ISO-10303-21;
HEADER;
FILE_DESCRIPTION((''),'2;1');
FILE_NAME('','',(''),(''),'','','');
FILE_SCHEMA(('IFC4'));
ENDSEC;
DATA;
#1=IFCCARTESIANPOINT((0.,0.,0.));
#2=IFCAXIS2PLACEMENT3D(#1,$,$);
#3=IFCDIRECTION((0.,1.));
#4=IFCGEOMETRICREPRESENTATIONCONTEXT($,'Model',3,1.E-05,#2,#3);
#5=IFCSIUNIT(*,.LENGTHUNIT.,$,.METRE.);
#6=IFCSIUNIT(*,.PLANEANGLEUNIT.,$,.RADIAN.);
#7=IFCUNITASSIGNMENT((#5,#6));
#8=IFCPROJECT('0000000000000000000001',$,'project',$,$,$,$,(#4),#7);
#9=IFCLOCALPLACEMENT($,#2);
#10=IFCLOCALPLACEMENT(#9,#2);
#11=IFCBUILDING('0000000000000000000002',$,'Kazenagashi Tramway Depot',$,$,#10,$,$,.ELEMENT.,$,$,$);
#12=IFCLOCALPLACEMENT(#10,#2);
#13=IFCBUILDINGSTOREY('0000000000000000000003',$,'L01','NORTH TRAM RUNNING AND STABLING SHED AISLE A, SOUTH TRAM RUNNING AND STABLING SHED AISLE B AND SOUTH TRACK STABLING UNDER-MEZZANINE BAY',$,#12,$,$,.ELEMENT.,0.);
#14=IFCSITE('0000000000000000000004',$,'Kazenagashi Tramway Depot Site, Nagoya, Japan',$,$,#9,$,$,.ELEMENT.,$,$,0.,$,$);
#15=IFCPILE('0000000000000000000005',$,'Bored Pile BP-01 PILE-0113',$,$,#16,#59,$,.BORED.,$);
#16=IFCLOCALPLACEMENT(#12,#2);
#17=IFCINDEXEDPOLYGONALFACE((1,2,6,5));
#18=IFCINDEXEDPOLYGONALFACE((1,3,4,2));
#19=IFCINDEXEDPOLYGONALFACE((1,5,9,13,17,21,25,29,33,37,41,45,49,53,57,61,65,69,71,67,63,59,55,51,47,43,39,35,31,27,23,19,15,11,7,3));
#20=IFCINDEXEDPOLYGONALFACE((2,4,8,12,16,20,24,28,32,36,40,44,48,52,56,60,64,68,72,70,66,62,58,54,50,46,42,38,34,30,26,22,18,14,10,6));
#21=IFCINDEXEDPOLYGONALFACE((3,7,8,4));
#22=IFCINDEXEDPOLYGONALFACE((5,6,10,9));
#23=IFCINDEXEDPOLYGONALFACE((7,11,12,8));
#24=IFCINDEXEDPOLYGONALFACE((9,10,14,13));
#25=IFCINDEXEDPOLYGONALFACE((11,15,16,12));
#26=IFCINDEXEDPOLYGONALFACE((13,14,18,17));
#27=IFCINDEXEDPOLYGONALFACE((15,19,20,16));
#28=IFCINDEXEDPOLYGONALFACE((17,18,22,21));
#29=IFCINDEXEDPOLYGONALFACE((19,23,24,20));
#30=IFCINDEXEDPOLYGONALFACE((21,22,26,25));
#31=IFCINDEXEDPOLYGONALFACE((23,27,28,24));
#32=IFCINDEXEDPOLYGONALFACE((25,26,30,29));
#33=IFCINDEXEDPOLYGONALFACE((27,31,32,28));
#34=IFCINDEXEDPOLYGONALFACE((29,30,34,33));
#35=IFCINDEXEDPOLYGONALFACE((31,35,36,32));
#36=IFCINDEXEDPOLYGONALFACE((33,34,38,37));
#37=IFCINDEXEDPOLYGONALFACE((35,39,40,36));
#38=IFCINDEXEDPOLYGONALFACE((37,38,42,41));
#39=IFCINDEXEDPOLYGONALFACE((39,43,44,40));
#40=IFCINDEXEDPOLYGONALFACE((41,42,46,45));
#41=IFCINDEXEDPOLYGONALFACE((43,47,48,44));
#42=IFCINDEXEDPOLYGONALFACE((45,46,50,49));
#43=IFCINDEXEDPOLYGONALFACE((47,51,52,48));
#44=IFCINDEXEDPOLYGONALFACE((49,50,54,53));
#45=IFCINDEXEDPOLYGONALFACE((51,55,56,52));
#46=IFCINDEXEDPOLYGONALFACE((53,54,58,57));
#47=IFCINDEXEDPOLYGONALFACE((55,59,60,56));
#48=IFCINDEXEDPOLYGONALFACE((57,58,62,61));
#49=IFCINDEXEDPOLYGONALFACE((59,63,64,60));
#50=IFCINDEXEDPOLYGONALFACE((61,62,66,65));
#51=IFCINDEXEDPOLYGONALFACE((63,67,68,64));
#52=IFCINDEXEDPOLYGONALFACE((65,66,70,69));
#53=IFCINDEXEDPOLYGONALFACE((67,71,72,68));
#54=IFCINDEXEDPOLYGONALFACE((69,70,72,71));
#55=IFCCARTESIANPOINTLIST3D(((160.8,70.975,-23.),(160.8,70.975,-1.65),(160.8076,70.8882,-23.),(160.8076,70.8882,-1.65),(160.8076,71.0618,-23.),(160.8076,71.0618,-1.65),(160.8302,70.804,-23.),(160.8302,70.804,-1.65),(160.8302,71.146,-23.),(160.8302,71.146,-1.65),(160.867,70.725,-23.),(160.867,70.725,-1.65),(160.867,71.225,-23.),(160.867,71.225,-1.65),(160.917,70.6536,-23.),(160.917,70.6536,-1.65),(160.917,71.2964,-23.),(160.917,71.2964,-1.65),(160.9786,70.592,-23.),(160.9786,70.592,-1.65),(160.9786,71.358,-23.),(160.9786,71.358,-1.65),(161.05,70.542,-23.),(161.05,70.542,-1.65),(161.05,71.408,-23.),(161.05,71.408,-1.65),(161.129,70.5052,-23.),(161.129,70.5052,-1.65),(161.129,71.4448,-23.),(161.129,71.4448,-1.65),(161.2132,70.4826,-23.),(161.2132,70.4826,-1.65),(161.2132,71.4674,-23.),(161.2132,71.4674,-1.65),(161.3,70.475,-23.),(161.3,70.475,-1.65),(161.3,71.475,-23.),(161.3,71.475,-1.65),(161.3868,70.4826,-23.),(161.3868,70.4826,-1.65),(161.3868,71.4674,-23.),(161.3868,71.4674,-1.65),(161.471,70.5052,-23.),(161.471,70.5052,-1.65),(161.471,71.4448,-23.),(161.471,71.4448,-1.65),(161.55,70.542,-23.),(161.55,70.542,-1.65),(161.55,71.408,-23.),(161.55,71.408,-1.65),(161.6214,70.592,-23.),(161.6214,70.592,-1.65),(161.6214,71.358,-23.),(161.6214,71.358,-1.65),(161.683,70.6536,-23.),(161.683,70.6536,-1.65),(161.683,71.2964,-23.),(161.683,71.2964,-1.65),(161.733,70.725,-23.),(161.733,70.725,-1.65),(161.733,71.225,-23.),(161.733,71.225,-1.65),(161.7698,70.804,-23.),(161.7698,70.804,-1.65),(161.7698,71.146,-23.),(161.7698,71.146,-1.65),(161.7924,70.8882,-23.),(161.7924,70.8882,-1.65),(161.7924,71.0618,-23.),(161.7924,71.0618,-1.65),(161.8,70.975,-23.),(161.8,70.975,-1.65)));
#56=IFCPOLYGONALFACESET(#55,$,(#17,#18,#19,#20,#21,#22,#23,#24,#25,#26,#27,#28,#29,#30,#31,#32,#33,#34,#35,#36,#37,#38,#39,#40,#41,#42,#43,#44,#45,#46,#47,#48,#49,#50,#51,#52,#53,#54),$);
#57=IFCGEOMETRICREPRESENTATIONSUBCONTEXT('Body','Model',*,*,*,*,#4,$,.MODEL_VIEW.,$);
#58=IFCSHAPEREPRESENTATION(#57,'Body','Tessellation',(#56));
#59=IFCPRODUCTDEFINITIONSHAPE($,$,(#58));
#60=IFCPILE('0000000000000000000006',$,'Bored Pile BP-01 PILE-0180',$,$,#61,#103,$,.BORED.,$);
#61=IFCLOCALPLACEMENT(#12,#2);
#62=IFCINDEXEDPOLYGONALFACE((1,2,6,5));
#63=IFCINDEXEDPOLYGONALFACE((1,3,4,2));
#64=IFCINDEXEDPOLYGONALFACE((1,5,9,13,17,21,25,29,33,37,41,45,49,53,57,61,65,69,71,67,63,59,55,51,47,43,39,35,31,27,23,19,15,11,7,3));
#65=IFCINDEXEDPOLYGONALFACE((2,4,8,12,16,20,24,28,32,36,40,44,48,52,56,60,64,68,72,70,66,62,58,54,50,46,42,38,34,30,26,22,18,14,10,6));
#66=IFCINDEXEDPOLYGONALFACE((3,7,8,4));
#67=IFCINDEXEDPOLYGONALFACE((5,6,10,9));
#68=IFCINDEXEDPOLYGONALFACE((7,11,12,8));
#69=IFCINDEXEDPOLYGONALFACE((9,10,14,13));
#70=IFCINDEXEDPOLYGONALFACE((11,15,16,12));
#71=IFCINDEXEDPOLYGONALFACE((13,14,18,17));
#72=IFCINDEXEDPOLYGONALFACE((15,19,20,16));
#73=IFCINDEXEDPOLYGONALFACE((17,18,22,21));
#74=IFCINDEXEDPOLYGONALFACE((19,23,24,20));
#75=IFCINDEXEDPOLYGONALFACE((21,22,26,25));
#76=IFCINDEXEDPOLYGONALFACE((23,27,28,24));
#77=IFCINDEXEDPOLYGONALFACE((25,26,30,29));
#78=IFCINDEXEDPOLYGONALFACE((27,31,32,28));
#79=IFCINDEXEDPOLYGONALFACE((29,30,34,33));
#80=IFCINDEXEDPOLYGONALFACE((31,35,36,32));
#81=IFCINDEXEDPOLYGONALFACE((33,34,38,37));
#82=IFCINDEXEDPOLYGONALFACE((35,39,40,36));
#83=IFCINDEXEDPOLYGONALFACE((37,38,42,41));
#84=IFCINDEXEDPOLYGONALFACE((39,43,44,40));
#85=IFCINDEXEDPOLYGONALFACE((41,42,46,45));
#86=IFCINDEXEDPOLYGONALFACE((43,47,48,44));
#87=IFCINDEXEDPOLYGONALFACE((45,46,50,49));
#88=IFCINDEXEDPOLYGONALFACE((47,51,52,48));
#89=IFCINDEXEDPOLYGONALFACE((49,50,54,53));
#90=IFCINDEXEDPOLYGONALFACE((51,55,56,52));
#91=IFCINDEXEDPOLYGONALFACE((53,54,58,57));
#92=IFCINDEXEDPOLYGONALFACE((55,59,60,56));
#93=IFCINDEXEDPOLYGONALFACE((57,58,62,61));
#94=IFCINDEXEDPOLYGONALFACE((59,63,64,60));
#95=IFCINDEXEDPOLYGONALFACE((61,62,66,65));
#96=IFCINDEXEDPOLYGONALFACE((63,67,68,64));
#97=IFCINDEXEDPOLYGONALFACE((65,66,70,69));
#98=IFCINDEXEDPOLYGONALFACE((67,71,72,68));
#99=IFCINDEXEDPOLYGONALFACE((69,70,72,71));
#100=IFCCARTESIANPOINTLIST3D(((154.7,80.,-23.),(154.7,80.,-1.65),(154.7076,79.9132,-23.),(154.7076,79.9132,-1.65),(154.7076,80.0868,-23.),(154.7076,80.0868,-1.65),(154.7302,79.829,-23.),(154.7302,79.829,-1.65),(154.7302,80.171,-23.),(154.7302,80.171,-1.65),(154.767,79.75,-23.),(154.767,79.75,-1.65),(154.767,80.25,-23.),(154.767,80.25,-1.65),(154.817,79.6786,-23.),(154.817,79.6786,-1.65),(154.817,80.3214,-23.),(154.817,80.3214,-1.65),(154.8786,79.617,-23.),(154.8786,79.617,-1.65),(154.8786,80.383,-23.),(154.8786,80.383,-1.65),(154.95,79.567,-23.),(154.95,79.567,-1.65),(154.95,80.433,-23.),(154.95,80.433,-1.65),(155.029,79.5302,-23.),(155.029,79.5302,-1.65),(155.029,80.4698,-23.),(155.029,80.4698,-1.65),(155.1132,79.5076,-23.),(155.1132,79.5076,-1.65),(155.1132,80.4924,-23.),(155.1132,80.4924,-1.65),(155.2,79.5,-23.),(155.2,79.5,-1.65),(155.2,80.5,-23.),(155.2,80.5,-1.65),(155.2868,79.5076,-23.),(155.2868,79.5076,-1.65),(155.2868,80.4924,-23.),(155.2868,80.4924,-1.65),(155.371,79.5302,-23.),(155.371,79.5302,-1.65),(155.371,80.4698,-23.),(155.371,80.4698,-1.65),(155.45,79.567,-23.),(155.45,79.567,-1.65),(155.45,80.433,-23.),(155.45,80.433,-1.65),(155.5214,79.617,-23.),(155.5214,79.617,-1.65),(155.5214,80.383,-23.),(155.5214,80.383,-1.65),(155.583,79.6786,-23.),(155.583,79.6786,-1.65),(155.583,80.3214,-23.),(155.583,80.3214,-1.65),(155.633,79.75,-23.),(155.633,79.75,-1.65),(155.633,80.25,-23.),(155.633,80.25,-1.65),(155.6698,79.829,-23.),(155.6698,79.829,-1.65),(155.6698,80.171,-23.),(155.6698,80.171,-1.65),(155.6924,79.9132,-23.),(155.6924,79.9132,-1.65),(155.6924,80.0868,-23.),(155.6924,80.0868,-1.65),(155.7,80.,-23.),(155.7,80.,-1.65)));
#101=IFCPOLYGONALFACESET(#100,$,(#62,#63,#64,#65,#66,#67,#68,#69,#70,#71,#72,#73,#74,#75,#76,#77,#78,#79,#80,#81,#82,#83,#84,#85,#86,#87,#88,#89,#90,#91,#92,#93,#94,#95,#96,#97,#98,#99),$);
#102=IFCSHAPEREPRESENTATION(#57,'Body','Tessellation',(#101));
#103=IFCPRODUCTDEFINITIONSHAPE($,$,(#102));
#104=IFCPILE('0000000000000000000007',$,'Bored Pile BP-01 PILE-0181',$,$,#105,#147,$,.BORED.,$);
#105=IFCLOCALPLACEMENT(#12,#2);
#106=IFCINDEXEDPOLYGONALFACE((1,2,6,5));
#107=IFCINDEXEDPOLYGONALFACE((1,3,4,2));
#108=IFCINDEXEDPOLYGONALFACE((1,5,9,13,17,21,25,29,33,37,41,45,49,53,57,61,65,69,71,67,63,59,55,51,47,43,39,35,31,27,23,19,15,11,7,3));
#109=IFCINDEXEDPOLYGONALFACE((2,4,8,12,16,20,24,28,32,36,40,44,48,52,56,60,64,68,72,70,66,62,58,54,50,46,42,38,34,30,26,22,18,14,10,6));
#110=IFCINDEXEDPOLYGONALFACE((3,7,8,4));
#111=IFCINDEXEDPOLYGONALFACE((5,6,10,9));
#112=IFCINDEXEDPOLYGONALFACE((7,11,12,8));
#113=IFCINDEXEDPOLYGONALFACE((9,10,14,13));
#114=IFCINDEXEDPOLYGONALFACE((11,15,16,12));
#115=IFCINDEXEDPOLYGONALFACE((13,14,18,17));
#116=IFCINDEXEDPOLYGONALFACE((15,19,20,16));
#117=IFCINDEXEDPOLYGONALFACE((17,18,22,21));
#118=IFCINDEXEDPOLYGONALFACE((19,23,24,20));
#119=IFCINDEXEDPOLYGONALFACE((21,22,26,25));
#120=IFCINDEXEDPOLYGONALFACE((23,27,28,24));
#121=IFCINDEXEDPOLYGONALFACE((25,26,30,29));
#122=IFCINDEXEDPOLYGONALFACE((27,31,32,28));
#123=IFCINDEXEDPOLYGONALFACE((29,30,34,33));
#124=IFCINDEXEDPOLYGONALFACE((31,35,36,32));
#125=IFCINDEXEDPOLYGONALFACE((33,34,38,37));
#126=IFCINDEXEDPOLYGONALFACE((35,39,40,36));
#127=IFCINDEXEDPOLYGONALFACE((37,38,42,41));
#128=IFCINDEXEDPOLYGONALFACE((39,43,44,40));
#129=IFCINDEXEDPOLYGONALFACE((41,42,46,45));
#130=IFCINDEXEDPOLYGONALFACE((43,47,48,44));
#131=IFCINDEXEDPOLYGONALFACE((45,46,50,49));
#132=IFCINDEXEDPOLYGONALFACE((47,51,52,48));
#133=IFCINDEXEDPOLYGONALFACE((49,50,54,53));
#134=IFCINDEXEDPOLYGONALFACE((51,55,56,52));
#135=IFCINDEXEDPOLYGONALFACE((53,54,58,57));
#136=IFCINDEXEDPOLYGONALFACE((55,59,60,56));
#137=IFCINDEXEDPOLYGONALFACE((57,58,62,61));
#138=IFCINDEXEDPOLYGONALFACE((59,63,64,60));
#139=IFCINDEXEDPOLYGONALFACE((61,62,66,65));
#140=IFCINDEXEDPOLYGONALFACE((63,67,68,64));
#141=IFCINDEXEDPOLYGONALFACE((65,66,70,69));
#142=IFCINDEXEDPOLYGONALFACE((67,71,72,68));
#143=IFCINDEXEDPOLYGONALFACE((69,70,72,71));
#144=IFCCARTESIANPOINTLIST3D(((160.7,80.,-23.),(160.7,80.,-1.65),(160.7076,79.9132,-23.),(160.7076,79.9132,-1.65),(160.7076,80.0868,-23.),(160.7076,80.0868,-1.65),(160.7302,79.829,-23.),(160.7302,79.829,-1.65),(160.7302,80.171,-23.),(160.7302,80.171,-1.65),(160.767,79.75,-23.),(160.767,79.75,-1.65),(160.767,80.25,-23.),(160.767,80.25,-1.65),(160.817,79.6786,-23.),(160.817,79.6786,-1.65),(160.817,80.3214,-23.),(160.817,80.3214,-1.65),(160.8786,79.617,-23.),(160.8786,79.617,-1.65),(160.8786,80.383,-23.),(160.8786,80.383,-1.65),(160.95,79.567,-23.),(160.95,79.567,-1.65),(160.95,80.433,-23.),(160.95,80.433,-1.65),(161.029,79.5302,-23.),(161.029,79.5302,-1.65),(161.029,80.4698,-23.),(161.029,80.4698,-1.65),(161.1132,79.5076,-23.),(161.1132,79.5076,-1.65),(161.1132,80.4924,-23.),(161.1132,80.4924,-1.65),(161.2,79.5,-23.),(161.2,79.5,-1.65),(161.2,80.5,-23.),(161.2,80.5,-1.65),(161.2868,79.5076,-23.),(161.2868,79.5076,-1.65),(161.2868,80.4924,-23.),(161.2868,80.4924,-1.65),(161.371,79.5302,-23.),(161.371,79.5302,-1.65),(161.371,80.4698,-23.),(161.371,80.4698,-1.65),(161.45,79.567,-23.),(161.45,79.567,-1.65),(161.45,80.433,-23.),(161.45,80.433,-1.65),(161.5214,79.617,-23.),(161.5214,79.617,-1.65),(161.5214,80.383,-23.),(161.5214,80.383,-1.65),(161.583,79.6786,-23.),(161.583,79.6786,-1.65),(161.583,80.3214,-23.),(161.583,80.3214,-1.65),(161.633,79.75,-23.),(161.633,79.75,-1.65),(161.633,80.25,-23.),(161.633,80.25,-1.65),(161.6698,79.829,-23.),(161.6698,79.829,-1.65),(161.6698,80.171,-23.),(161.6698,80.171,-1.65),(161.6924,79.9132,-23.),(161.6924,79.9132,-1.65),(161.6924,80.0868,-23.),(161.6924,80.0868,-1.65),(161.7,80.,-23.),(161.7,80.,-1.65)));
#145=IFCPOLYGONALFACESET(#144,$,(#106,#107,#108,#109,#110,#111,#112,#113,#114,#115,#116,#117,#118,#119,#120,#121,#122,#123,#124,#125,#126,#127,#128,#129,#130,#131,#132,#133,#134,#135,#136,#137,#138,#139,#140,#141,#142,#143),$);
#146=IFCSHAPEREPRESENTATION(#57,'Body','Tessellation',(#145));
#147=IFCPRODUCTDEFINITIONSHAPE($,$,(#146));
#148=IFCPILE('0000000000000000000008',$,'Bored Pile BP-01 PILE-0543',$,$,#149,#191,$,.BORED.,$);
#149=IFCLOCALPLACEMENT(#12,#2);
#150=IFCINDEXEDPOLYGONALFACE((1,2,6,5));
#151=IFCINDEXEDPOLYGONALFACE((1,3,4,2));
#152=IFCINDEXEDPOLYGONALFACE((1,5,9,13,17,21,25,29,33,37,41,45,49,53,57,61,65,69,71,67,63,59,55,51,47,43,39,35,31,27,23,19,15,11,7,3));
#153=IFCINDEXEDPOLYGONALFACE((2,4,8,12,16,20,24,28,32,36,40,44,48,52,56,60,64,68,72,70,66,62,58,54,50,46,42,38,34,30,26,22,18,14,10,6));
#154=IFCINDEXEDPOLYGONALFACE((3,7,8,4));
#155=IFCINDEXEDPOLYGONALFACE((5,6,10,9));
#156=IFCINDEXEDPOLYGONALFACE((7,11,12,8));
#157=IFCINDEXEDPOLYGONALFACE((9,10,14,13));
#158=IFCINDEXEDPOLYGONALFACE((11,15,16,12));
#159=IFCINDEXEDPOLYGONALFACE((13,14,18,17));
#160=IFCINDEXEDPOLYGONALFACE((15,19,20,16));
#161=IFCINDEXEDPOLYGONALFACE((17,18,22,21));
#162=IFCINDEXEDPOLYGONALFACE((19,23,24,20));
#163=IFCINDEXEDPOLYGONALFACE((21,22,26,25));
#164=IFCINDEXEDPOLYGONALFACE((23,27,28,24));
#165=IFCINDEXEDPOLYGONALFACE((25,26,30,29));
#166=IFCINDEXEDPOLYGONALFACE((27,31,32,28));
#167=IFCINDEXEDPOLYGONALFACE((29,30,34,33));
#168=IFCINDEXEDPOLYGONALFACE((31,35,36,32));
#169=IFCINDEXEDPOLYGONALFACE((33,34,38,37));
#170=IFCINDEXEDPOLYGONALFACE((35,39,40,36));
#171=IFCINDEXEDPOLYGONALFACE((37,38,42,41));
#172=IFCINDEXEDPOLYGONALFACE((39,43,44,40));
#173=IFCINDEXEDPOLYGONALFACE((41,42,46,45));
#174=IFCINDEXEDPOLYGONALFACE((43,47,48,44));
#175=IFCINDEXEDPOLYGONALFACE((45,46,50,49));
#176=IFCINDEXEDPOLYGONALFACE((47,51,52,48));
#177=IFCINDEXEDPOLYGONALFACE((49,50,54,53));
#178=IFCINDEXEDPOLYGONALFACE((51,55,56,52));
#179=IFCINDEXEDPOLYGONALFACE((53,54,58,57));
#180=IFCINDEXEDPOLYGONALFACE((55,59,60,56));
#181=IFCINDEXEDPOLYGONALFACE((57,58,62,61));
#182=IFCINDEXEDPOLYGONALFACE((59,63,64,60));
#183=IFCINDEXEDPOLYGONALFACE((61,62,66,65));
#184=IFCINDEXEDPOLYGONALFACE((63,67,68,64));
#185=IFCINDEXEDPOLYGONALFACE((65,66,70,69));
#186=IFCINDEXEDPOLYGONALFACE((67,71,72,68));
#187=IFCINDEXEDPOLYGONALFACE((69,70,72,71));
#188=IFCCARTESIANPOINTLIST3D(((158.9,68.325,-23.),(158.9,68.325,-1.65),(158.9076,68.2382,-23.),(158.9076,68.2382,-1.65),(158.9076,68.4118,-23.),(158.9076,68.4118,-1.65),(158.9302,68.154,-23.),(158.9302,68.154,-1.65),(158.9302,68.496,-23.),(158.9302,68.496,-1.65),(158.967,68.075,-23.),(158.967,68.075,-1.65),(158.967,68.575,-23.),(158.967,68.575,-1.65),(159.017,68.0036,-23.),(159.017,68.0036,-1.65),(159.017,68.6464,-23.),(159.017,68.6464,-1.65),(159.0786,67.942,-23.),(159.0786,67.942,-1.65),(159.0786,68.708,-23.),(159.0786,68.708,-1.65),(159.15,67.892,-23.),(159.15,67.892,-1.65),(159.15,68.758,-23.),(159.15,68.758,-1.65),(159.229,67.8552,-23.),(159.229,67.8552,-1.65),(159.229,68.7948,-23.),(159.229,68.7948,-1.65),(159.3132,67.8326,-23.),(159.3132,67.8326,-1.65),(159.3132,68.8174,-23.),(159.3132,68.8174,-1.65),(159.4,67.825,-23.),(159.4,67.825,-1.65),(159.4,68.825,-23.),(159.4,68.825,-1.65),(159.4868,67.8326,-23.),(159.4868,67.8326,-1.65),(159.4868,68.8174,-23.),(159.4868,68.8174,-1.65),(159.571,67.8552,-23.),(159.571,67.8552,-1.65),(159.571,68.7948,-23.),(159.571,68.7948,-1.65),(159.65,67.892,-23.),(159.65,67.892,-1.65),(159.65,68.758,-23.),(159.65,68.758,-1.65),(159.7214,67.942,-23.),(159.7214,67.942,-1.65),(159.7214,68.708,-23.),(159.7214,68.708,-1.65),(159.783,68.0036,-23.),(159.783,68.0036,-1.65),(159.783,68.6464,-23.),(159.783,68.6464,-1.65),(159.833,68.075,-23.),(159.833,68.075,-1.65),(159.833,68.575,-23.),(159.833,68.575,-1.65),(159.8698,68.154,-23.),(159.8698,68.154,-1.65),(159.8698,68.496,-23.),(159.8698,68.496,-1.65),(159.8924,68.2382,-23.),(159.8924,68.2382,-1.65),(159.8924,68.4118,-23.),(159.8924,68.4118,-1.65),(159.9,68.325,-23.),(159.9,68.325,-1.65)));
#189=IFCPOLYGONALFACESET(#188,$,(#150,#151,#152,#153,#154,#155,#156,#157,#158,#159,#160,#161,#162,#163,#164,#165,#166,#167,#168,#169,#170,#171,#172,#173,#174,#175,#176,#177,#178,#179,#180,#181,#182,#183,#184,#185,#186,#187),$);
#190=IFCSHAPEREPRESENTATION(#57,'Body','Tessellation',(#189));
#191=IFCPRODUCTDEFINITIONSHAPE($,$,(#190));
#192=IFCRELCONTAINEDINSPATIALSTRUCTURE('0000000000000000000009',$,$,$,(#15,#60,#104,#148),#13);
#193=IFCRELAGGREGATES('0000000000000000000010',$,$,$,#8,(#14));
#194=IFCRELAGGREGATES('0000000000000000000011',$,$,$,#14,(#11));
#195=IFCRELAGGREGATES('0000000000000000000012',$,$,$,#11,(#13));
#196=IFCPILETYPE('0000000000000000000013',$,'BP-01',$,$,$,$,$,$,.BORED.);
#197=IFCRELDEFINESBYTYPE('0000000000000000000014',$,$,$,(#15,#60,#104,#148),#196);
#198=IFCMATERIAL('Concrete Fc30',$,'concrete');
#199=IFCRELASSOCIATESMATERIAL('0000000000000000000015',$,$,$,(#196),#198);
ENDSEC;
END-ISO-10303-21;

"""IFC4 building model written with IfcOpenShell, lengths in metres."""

from ifc_helpers import new_model, si_unit, direction, frame, origin, origin_2d, place, context, subcontext, project, spatial, circle, extrude, material, material_profile, profile_set, type_object, element, save


model = new_model("IFC4")

# Units and contexts
model_context = context("Model", 3, precision=1e-05, world=origin(), true_north=direction((0.0, 1.0)))
body_context = subcontext(model_context, "Body", "Model", "MODEL_VIEW")
ifc_project = project(units=[si_unit("LENGTHUNIT", "METRE"), si_unit("PLANEANGLEUNIT", "RADIAN")], contexts=[model_context])

# Site, building, storey
site_placement = place(None, origin())
site = spatial("IfcSite", under=ifc_project, at=site_placement, Name="Kazenagashi Tramway Depot Site, Nagoya, Japan", CompositionType="ELEMENT", RefElevation=0.0)
building_placement = place(site_placement, origin())
building = spatial("IfcBuilding", under=site, at=building_placement, Name="Kazenagashi Tramway Depot", CompositionType="ELEMENT")
storey_placement = place(building_placement, origin())
storey = spatial("IfcBuildingStorey", under=building, at=storey_placement, Name="L01", Description="NORTH TRAM RUNNING AND STABLING SHED AISLE A, SOUTH TRAM RUNNING AND STABLING SHED AISLE B AND SOUTH TRACK STABLING UNDER-MEZZANINE BAY", CompositionType="ELEMENT", Elevation=0.0)

# Piles
ifc_material_1 = material(Name="Concrete Fc30", Category="concrete")
ifc_material_profile_1 = material_profile(ifc_material_1, circle(Radius=0.5, at=origin_2d()), Name="PILE-1000")
ifc_profile_set_1 = profile_set([ifc_material_profile_1], Name="Concrete Fc30")
pile_type = type_object("IfcPileType", Name="BP-01", PredefinedType="BORED", material=ifc_profile_set_1)
for number, where, z_axis, x_axis, name in (
    (1, (161.3, 70.975, -1.65), (0.0, 0.0, -1.0), (1.0, 0.0, 0.0), "Bored Pile BP-01 PILE-0113"),
    (2, (155.2, 80.0, -1.65), (0.0, 0.0, -1.0), (1.0, 0.0, 0.0), "Bored Pile BP-01 PILE-0180"),
    (3, (161.2, 80.0, -1.65), (0.0, 0.0, -1.0), (1.0, 0.0, 0.0), "Bored Pile BP-01 PILE-0181"),
    (4, (159.4, 68.325, -1.65), (0.0, 0.0, -1.0), (1.0, 0.0, 0.0), "Bored Pile BP-01 PILE-0543"),
):
    element("IfcPile", number, at=place(storey_placement, frame(where, z_axis=z_axis, x_axis=x_axis)), inside=storey, type_object=pile_type, Name=name, PredefinedType="BORED", context=body_context, shape_type="SweptSolid", body=[
        extrude(circle(Radius=0.5, at=origin_2d()), origin(), (0.0, 0.0, 1.0), 21.35),
    ])

save(model, "model.ifc")
